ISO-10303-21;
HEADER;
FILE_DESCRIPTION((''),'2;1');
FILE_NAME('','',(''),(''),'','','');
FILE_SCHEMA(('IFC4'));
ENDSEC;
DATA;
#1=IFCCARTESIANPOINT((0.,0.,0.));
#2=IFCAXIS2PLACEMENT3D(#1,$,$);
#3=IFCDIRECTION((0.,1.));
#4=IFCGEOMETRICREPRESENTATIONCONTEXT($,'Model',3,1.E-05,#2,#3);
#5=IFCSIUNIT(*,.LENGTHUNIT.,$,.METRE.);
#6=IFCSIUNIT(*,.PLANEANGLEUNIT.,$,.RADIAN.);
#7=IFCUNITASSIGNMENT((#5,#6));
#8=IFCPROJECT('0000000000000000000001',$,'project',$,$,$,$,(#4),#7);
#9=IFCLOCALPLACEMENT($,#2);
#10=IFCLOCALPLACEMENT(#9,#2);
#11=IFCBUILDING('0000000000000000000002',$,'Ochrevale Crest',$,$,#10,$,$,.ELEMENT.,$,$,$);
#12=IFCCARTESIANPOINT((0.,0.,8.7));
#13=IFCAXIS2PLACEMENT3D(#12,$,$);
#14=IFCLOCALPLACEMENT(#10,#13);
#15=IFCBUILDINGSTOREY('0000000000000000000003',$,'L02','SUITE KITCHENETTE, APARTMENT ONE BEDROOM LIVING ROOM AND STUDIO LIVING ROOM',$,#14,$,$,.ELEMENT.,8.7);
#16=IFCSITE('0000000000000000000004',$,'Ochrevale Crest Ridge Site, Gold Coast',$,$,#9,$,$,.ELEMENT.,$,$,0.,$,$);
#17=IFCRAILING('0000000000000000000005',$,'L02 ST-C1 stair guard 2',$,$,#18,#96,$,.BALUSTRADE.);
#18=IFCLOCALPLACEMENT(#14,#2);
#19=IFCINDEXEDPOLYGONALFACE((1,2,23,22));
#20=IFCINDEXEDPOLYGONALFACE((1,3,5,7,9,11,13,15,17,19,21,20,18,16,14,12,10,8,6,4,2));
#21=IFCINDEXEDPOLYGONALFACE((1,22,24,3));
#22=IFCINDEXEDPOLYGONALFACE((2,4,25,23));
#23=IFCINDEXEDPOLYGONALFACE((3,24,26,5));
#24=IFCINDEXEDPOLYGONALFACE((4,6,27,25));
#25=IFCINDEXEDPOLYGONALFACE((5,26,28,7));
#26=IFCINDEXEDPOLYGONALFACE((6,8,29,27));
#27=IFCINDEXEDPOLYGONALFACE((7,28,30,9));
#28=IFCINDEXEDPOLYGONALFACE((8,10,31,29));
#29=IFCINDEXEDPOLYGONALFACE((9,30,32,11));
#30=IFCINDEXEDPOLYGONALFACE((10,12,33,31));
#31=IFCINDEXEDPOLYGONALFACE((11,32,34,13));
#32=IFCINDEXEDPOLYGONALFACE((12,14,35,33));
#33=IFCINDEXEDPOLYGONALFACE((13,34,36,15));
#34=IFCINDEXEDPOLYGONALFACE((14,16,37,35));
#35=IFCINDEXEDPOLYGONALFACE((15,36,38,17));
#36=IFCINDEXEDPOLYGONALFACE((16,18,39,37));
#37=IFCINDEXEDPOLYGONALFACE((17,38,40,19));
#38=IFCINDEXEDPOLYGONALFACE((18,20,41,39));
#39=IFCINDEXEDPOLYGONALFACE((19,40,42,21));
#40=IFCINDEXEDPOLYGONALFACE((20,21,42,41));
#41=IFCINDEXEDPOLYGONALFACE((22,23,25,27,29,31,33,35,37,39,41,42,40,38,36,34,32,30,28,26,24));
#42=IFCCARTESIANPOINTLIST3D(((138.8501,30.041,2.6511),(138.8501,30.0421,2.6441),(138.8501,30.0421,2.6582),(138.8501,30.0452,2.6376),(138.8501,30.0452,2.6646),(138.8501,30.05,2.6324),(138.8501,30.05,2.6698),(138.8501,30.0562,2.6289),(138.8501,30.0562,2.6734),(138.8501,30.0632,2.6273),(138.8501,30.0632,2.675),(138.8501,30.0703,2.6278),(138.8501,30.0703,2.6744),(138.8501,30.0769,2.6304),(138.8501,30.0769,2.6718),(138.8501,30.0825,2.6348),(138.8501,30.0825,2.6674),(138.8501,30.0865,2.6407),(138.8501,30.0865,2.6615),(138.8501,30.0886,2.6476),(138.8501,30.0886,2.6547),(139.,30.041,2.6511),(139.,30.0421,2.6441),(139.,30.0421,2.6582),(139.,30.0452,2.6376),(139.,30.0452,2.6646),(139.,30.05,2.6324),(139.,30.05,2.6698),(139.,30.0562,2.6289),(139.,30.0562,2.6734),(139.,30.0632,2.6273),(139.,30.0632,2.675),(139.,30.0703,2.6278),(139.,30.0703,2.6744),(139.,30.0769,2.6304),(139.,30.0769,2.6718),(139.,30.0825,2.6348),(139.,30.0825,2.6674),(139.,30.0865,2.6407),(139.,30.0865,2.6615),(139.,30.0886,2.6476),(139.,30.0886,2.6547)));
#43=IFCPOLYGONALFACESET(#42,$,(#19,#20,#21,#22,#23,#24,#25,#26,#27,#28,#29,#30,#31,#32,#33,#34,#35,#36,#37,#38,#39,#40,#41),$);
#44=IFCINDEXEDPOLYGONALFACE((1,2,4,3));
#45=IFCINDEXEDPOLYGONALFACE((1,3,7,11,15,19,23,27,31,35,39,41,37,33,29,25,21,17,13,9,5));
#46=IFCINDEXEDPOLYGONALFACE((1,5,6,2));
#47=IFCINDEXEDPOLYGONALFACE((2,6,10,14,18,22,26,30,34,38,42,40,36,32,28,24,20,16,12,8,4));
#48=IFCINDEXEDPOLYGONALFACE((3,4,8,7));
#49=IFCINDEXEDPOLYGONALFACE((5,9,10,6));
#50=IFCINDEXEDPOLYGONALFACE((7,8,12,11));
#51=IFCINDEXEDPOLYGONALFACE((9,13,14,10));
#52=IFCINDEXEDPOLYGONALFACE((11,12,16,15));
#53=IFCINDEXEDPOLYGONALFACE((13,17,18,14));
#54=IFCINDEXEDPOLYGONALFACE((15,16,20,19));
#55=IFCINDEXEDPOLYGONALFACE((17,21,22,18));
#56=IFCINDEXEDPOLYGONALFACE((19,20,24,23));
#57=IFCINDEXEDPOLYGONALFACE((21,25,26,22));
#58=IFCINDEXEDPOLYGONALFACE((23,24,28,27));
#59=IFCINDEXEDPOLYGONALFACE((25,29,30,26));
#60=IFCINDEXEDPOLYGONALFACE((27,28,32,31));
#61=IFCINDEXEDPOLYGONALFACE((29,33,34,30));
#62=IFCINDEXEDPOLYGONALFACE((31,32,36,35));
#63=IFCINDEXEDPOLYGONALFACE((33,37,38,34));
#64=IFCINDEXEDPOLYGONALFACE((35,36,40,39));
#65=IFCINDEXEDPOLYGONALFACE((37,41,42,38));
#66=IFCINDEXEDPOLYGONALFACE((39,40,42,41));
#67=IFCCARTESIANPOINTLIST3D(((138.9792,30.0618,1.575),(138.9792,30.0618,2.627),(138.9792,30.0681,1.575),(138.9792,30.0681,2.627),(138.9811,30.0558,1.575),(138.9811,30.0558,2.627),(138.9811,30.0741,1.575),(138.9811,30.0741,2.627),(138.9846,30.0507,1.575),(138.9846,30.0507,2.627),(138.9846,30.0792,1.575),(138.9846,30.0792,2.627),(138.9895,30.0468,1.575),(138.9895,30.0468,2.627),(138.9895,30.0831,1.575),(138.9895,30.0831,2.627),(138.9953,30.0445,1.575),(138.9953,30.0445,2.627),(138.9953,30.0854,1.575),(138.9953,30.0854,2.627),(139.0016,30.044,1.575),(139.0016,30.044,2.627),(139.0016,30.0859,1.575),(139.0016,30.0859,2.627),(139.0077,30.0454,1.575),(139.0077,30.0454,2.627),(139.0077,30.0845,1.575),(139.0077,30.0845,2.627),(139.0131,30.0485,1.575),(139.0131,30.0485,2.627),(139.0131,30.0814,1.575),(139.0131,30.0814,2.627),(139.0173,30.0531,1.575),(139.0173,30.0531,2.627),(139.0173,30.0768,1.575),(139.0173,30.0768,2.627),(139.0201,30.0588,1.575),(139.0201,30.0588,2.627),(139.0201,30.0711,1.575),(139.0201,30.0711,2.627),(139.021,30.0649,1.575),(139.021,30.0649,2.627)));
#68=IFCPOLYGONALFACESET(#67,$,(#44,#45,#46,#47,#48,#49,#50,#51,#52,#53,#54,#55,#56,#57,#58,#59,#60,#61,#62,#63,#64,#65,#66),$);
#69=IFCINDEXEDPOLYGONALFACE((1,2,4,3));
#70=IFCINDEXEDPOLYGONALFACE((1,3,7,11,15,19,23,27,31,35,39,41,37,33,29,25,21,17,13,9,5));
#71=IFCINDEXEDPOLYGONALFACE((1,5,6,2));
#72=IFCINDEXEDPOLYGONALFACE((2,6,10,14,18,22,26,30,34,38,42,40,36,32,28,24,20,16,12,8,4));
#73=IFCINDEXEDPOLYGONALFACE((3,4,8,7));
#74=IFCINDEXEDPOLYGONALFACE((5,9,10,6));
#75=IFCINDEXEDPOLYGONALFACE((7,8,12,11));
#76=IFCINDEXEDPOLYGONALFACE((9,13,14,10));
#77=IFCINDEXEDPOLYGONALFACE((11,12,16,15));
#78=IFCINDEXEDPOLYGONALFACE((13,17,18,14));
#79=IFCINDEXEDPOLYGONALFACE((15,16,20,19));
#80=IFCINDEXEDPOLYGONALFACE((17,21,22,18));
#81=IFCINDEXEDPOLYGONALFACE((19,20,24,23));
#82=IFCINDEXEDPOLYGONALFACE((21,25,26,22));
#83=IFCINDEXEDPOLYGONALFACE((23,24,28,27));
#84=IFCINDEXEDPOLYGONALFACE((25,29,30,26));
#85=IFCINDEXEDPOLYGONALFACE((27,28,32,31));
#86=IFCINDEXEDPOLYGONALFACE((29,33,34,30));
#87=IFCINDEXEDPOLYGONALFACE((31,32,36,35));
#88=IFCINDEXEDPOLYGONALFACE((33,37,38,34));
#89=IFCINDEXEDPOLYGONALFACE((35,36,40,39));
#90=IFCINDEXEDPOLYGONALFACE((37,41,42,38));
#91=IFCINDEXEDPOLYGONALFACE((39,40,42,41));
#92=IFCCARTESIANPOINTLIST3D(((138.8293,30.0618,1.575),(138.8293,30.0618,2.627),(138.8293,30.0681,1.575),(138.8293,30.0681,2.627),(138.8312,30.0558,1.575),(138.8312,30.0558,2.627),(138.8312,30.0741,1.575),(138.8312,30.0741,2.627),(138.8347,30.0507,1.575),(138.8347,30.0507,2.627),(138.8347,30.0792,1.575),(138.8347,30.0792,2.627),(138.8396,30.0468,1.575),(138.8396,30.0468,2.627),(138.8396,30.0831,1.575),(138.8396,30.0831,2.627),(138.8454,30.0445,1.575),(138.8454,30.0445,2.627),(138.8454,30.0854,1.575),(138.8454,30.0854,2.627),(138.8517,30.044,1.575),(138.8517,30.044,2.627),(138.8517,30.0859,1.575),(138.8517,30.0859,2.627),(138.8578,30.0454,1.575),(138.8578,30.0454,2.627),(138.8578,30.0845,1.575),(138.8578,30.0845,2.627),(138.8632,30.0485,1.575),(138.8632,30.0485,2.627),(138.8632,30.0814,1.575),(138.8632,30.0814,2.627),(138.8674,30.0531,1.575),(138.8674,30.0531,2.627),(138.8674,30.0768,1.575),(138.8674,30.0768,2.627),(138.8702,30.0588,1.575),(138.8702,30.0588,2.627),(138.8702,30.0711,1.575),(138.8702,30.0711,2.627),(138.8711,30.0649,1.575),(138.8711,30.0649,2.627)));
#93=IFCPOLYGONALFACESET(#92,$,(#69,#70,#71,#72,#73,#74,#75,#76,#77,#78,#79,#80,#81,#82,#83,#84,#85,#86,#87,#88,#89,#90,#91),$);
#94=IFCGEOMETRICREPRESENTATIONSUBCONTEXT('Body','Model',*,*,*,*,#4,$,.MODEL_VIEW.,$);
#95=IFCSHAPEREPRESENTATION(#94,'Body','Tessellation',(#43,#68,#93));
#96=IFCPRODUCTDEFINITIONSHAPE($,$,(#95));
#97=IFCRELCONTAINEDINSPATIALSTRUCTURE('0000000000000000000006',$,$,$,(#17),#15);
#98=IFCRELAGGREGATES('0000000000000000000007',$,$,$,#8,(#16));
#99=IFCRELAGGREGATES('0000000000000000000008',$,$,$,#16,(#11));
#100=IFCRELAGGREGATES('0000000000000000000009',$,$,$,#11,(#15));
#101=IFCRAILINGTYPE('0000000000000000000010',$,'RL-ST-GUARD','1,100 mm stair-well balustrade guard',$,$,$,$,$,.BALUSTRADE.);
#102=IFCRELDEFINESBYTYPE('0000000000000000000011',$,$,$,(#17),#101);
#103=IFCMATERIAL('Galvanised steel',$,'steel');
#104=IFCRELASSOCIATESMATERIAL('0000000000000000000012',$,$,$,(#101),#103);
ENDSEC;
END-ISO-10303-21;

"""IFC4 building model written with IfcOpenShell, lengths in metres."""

from ifc_helpers import new_model, si_unit, direction, frame, origin, origin_2d, place, context, subcontext, project, spatial, circle, extrude, material, type_object, element, save


model = new_model("IFC4")

# Units and contexts
model_context = context("Model", 3, precision=1e-05, world=origin(), true_north=direction((0.0, 1.0)))
body_context = subcontext(model_context, "Body", "Model", "MODEL_VIEW")
ifc_project = project(units=[si_unit("LENGTHUNIT", "METRE"), si_unit("PLANEANGLEUNIT", "RADIAN")], contexts=[model_context])

# Site, building, storey
site_placement = place(None, origin())
site = spatial("IfcSite", under=ifc_project, at=site_placement, Name="Ochrevale Crest Ridge Site, Gold Coast", CompositionType="ELEMENT", RefElevation=0.0)
building_placement = place(site_placement, origin())
building = spatial("IfcBuilding", under=site, at=building_placement, Name="Ochrevale Crest", CompositionType="ELEMENT")
storey_placement = place(building_placement, frame((0.0, 0.0, 8.7)))
storey = spatial("IfcBuildingStorey", under=building, at=storey_placement, Name="L02", Description="SUITE KITCHENETTE, APARTMENT ONE BEDROOM LIVING ROOM AND STUDIO LIVING ROOM", CompositionType="ELEMENT", Elevation=8.7)

# Railing
ifc_material_1 = material(Name="Galvanised steel", Category="steel")
railing_type_1 = type_object("IfcRailingType", Name="RL-ST-GUARD", Description="1,100 mm stair-well balustrade guard", PredefinedType="BALUSTRADE", material=ifc_material_1)
railing_1_placement = place(storey_placement, frame((139.0, 30.0649, 1.575)))
element("IfcRailing", 1, at=railing_1_placement, inside=storey, type_object=railing_type_1, Name="L02 ST-C1 stair guard 2", PredefinedType="BALUSTRADE", context=body_context, shape_type="SweptSolid", body=[
    extrude(circle(Radius=0.0239, at=origin_2d()), frame((0.0, 0.0, 1.0762), z_axis=(-1.0, 0.0, 0.0), x_axis=(0.0, -1.0, 0.0)), (0.0, 0.0, 1.0), 0.1499),
    extrude(circle(Radius=0.021, at=origin_2d()), origin(), (0.0, 0.0, 1.0), 1.052),
    extrude(circle(Radius=0.021, at=origin_2d()), frame((-0.1499, 0.0, 0.0)), (0.0, 0.0, 1.0), 1.052),
])

save(model, "model.ifc")
